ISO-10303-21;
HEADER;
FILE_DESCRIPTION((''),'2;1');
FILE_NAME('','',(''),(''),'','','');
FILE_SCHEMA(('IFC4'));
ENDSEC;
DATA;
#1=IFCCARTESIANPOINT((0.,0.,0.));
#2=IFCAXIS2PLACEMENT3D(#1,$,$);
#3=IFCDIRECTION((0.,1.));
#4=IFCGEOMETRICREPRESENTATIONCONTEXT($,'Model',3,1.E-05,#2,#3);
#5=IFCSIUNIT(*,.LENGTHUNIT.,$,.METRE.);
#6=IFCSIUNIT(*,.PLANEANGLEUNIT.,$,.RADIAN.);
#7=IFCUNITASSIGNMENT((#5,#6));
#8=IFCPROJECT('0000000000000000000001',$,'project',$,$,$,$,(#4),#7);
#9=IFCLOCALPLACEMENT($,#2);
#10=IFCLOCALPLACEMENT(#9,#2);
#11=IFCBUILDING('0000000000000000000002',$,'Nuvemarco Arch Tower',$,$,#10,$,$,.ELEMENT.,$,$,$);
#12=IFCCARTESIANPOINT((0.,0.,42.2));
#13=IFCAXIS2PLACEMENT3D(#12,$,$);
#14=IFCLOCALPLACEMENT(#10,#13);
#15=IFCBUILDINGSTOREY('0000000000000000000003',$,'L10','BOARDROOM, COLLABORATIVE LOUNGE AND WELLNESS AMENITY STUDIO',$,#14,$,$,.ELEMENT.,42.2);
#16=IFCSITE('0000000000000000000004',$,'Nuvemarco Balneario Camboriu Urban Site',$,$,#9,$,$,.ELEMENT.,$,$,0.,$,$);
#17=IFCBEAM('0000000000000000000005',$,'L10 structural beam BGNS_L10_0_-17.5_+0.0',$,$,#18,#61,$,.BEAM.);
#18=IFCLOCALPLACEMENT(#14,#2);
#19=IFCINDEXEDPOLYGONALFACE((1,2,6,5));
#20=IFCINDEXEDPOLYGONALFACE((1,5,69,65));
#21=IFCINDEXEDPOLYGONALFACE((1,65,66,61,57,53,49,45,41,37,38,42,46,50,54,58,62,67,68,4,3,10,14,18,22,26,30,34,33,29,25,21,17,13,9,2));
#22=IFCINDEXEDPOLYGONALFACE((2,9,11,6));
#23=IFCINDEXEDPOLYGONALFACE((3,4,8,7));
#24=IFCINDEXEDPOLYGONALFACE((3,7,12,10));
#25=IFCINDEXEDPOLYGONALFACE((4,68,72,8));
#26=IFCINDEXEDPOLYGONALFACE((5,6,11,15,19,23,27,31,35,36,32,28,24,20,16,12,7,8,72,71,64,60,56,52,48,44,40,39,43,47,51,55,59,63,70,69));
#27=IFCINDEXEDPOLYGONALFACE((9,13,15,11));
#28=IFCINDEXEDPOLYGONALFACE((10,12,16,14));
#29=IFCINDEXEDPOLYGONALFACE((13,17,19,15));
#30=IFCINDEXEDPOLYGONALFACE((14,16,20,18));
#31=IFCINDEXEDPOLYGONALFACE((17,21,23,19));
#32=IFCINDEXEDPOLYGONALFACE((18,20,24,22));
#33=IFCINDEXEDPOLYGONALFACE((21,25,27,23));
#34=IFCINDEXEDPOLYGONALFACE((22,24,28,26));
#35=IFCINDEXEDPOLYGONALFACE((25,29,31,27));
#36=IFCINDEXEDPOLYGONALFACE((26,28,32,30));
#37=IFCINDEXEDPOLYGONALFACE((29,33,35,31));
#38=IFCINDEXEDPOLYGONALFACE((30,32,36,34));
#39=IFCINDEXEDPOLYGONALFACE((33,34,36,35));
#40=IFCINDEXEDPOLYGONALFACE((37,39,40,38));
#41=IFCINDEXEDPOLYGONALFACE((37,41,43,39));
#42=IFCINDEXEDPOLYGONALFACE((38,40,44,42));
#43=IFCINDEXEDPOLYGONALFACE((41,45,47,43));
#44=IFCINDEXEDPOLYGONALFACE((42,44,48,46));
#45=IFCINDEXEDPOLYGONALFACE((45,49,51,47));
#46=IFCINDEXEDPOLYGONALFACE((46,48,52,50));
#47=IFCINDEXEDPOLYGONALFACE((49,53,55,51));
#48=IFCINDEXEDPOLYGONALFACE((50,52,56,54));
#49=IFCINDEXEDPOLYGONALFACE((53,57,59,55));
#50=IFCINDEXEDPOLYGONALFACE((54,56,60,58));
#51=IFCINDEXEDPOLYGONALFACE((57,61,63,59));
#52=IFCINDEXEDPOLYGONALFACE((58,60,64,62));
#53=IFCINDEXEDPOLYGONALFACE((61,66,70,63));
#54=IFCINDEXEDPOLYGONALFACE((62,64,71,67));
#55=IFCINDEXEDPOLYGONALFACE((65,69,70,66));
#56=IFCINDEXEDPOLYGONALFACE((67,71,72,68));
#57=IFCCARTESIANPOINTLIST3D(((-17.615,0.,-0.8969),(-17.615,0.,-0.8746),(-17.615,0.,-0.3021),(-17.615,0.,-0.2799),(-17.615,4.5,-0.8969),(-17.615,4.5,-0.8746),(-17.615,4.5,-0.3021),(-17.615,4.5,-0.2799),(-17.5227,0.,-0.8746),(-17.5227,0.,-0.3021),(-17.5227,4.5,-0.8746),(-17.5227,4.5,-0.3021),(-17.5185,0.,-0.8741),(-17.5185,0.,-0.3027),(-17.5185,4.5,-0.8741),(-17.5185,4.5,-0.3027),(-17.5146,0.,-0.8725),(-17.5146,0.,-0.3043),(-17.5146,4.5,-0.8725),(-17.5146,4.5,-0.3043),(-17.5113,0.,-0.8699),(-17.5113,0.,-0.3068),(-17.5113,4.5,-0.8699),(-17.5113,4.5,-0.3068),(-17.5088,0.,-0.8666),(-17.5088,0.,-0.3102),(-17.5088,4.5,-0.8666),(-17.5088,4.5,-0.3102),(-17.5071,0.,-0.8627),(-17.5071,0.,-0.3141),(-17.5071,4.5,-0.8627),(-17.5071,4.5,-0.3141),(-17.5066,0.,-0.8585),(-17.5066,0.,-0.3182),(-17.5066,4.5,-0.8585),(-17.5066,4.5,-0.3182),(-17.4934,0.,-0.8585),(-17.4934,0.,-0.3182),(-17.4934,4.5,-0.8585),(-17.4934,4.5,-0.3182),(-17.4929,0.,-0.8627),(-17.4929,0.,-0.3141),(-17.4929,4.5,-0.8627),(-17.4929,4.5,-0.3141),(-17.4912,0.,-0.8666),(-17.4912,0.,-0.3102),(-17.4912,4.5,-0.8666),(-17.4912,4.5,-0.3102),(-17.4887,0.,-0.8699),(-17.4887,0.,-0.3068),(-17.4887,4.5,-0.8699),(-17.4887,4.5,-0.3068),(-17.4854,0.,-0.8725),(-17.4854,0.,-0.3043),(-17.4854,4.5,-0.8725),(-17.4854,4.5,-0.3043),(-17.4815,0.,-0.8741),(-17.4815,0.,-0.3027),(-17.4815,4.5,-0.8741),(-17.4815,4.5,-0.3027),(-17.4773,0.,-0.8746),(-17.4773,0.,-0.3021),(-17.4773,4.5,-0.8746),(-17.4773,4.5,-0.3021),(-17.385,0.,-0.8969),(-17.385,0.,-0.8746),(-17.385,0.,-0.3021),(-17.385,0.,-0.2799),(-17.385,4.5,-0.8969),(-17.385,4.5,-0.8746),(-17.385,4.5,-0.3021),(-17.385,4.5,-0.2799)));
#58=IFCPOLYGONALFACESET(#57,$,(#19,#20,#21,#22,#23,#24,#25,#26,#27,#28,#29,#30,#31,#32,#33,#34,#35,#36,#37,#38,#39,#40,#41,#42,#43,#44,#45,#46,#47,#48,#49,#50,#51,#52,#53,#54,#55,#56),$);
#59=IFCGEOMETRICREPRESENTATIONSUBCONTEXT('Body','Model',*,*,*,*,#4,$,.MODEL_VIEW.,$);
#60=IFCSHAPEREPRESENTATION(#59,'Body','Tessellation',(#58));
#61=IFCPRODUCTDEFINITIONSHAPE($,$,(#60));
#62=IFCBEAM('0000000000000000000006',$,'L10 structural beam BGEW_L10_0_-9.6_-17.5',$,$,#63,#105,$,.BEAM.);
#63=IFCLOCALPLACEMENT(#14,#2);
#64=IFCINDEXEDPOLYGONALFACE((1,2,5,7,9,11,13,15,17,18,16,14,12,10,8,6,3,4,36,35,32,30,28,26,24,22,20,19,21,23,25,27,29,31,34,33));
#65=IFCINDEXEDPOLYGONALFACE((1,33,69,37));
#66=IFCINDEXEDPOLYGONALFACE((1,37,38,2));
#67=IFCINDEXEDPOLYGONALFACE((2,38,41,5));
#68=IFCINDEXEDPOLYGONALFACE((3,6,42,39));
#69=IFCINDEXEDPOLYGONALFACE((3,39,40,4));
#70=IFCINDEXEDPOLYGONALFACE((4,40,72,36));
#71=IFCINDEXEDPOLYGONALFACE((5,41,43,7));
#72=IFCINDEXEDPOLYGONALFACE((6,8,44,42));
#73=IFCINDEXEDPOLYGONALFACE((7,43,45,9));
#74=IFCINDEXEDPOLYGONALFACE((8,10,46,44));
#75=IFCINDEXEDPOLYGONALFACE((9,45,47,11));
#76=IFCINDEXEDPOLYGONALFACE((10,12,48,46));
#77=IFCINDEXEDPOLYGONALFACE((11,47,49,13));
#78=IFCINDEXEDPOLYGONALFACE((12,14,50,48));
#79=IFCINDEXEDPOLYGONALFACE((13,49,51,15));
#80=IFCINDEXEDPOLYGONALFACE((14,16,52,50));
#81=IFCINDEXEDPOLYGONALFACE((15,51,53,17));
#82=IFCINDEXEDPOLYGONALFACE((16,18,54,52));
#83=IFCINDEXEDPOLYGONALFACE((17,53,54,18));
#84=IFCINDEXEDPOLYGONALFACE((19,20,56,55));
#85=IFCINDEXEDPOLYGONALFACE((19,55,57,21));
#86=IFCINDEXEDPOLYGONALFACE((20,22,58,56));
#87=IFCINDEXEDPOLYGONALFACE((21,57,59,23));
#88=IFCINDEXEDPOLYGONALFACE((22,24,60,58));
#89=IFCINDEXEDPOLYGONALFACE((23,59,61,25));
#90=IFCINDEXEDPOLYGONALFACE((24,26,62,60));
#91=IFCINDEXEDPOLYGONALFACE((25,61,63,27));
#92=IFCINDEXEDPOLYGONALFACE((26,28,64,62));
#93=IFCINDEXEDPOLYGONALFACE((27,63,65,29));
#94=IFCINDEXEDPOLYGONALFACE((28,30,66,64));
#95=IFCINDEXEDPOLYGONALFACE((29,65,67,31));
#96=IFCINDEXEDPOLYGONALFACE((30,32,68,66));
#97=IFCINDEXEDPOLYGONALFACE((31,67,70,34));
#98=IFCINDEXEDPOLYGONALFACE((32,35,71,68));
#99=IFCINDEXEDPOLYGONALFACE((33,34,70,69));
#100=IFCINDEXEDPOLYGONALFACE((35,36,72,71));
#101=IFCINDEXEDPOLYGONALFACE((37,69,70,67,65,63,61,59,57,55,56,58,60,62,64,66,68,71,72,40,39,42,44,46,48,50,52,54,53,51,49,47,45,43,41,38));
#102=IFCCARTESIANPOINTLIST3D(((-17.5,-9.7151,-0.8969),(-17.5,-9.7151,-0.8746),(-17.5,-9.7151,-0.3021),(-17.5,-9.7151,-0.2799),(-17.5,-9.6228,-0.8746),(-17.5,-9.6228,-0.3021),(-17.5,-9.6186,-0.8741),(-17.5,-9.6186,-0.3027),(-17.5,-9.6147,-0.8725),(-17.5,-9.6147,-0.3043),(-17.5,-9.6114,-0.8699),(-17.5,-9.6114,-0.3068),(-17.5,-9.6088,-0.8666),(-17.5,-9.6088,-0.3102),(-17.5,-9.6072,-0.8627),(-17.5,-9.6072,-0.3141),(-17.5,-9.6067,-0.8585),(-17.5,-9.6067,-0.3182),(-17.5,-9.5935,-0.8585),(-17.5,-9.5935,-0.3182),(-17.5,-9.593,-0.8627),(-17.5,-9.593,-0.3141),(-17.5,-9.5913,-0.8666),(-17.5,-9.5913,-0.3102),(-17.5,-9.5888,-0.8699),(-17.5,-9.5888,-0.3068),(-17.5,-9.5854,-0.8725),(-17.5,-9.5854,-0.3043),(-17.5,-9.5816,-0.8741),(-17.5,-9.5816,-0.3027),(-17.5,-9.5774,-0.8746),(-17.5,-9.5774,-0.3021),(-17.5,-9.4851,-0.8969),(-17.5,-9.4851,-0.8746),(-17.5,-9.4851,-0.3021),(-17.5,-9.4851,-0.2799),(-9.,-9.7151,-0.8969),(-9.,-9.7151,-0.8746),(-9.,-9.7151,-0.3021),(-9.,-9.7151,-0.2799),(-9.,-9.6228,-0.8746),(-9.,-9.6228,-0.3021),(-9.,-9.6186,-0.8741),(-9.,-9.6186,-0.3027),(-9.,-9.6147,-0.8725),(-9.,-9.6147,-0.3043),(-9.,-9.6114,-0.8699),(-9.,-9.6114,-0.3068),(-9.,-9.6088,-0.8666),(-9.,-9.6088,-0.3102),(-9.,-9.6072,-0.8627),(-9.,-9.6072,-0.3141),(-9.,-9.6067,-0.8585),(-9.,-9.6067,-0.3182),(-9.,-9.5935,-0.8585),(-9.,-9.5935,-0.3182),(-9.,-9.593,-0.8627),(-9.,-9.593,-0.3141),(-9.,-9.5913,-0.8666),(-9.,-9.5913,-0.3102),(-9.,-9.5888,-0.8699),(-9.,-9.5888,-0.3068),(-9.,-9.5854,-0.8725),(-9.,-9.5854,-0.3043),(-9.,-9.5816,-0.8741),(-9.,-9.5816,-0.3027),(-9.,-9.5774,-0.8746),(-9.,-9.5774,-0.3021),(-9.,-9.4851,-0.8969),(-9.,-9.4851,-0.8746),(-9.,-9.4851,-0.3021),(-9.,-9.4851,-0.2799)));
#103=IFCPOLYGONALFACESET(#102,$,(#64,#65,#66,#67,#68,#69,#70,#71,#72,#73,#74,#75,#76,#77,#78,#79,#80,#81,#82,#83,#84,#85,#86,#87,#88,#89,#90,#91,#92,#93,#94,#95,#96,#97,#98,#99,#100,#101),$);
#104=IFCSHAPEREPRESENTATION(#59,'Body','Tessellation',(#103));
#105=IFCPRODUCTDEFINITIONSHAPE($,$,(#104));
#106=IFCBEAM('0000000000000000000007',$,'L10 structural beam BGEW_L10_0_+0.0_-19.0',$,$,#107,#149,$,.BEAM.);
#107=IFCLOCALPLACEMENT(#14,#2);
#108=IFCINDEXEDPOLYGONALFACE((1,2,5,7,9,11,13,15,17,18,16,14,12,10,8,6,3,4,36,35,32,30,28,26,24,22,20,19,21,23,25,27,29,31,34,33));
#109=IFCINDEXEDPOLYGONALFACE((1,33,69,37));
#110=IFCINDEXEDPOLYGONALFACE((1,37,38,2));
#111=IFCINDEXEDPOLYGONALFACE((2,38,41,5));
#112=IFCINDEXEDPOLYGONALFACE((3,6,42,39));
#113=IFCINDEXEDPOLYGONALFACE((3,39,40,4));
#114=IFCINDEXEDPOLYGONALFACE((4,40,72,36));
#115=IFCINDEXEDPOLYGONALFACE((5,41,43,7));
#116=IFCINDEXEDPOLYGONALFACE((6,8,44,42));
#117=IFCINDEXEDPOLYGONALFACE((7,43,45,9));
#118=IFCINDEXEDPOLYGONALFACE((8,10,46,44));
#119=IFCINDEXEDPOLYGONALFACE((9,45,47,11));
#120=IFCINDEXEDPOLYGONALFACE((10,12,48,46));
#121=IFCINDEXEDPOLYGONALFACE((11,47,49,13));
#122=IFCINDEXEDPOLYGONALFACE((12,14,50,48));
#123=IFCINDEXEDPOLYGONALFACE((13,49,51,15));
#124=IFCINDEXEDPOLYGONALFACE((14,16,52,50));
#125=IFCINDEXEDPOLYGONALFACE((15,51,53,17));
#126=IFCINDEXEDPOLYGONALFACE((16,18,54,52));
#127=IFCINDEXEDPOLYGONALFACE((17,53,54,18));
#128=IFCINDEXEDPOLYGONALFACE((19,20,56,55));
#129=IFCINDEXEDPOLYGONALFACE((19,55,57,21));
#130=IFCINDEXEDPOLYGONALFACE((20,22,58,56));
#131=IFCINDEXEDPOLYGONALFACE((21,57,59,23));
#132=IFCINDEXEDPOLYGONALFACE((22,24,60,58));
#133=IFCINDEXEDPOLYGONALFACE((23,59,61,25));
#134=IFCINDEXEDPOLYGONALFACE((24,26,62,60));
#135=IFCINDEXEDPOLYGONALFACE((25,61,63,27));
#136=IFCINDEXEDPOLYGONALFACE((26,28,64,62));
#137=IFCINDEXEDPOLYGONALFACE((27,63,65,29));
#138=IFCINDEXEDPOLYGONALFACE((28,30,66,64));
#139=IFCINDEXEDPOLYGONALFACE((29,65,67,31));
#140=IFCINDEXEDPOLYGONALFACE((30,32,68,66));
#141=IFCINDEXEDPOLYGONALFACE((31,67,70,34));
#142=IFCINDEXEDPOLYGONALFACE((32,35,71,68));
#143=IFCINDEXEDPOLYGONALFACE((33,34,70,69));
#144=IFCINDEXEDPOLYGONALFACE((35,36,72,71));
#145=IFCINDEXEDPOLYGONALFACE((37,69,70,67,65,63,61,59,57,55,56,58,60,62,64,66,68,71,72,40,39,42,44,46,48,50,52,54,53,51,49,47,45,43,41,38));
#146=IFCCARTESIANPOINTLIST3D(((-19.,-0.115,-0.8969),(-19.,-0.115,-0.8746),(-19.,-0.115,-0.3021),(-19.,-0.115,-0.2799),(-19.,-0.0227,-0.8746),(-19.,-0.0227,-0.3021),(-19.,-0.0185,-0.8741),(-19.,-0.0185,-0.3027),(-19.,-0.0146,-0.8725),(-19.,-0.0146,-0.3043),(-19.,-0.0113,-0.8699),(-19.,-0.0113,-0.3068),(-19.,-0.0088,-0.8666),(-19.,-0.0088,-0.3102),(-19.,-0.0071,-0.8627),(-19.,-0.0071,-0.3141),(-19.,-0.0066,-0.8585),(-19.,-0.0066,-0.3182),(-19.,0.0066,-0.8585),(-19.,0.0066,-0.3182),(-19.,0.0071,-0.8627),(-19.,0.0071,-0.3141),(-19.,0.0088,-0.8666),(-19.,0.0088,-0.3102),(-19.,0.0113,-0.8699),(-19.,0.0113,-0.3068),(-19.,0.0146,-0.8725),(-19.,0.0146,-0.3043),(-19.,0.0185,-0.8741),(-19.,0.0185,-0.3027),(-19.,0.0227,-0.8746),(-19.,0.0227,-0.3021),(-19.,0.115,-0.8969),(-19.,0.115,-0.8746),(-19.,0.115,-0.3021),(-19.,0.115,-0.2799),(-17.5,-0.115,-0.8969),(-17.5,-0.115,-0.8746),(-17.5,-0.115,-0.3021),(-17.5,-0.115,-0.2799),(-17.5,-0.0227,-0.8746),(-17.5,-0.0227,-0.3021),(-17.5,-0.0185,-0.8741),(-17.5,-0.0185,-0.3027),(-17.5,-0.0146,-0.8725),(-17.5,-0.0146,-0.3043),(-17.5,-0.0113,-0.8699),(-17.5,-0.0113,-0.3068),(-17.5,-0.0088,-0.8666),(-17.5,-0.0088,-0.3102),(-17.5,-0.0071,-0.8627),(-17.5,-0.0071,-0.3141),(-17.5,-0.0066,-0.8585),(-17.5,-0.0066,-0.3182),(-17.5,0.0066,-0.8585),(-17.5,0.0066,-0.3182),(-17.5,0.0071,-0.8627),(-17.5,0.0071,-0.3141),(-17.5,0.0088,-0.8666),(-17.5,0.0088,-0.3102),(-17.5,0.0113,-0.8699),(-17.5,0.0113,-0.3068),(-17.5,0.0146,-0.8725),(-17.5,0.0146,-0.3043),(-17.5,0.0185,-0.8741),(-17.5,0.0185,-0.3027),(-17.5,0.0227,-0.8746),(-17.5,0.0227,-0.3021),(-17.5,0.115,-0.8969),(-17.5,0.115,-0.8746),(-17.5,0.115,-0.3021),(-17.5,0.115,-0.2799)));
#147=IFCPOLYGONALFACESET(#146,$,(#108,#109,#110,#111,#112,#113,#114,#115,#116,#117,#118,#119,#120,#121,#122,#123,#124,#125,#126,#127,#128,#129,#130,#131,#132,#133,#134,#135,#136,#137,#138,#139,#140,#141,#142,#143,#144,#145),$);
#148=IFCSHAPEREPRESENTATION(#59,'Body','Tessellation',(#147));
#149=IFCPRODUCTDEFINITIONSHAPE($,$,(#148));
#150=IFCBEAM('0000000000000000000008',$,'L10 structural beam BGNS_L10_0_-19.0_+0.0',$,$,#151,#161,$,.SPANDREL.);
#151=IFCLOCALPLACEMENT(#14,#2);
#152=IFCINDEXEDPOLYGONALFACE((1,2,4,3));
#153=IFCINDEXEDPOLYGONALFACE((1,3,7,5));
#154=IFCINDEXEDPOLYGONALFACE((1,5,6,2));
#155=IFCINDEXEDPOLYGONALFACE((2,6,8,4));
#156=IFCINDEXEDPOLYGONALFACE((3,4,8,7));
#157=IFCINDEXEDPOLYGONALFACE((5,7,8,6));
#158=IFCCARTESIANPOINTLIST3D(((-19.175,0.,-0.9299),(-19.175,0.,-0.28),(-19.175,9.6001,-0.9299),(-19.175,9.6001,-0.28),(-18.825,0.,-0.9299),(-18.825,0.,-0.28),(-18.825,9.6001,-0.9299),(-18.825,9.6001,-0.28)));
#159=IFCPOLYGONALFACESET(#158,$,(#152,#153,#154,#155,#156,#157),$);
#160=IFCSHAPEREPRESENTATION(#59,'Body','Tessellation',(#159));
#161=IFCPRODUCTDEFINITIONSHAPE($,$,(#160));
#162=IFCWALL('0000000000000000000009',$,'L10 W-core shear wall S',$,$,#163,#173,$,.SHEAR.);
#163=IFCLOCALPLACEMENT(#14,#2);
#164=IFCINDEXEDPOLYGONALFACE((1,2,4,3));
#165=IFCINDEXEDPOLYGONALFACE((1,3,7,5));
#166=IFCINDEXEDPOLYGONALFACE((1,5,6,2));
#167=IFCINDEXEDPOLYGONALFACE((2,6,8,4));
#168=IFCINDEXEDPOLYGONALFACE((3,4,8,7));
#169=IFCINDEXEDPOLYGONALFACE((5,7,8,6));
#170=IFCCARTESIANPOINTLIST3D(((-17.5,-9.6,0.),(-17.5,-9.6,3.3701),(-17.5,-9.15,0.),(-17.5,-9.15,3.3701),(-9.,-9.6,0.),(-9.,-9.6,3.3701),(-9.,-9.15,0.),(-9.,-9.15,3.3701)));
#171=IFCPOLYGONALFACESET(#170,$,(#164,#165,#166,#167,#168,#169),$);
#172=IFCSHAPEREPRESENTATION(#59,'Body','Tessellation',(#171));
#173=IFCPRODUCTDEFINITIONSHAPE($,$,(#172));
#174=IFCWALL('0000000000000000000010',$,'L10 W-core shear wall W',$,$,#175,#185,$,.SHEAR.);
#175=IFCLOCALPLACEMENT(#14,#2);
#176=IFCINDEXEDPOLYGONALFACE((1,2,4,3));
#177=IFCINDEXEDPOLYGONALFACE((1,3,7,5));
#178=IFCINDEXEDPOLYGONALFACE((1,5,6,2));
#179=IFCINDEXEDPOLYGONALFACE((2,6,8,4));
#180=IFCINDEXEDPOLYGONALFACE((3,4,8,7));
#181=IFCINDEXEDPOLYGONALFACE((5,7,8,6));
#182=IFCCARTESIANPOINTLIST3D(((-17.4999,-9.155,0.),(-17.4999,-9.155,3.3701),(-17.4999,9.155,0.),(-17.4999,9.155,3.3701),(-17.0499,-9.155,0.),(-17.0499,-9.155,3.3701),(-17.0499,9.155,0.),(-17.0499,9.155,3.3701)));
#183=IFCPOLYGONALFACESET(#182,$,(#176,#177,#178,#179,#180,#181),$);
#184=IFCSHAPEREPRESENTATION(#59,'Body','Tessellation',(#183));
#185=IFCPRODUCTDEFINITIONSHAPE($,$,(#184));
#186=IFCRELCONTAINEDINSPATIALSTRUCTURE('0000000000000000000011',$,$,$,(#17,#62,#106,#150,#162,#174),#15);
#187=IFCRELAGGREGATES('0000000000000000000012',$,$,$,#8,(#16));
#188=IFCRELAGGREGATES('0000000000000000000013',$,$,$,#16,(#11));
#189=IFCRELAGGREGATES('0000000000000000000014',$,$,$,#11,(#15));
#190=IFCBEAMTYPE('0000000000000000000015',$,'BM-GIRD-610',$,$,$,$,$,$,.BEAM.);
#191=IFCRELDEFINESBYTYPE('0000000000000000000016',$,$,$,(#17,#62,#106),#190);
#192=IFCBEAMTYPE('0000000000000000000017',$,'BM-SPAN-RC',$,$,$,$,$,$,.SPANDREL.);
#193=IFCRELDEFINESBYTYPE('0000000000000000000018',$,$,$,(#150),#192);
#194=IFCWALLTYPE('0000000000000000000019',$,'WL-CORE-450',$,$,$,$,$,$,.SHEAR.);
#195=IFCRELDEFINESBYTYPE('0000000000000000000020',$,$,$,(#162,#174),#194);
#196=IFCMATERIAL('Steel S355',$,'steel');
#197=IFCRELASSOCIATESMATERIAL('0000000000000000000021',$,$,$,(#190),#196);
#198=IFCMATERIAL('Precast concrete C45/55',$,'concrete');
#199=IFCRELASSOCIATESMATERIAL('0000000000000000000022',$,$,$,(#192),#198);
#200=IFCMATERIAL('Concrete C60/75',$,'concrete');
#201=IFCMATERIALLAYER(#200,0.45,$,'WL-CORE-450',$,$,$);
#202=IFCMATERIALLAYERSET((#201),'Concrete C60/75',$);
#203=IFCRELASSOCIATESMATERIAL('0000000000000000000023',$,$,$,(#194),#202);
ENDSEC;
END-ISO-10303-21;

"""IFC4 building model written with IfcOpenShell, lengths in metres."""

from ifc_helpers import new_model, si_unit, direction, frame, frame_2d, origin, origin_2d, place, context, subcontext, project, spatial, rectangle, i_section, extrude, material, layer, layer_set, material_profile, profile_set, type_object, element, save


model = new_model("IFC4")

# Units and contexts
model_context = context("Model", 3, precision=1e-05, world=origin(), true_north=direction((0.0, 1.0)))
body_context = subcontext(model_context, "Body", "Model", "MODEL_VIEW")
ifc_project = project(units=[si_unit("LENGTHUNIT", "METRE"), si_unit("PLANEANGLEUNIT", "RADIAN")], contexts=[model_context])

# Site, building, storey
site_placement = place(None, origin())
site = spatial("IfcSite", under=ifc_project, at=site_placement, Name="Nuvemarco Balneario Camboriu Urban Site", CompositionType="ELEMENT", RefElevation=0.0)
building_placement = place(site_placement, origin())
building = spatial("IfcBuilding", under=site, at=building_placement, Name="Nuvemarco Arch Tower", CompositionType="ELEMENT")
storey_placement = place(building_placement, frame((0.0, 0.0, 42.2)))
storey = spatial("IfcBuildingStorey", under=building, at=storey_placement, Name="L10", Description="BOARDROOM, COLLABORATIVE LOUNGE AND WELLNESS AMENITY STUDIO", CompositionType="ELEMENT", Elevation=42.2)

# Shared definitions
ifc_material_1 = material(Name="Concrete C60/75", Category="concrete")

# Beams
ifc_material_2 = material(Name="Steel S355", Category="steel")
ifc_material_profile_1 = material_profile(ifc_material_2, i_section(OverallWidth=0.23, OverallDepth=0.6169, WebThickness=0.0132, FlangeThickness=0.0222, FilletRadius=0.0161, at=origin_2d()), Name="W610x140")
ifc_profile_set_1 = profile_set([ifc_material_profile_1], Name="Steel S355")
beam_type_1 = type_object("IfcBeamType", Name="BM-GIRD-610", PredefinedType="BEAM", material=ifc_profile_set_1)
for number, where, z_axis, x_axis, name in (
    (1, (-17.5, 0.0, -0.5884), (0.0, 1.0, 0.0), (-1.0, 0.0, 0.0), "L10 structural beam BGNS_L10_0_-17.5_+0.0"),
):
    element("IfcBeam", number, at=place(storey_placement, frame(where, z_axis=z_axis, x_axis=x_axis)), inside=storey, type_object=beam_type_1, Name=name, PredefinedType="BEAM", context=body_context, shape_type="SweptSolid", body=[
        extrude(i_section(OverallWidth=0.23, OverallDepth=0.6169, WebThickness=0.0132, FlangeThickness=0.0222, FilletRadius=0.0161, at=origin_2d()), origin(), (0.0, 0.0, 1.0), 4.5),
    ])
beam_1_placement = place(storey_placement, frame((-17.5, -9.6001, -0.5884), z_axis=(1.0, 0.0, 0.0), x_axis=(0.0, 1.0, 0.0)))
element("IfcBeam", 2, at=beam_1_placement, inside=storey, type_object=beam_type_1, Name="L10 structural beam BGEW_L10_0_-9.6_-17.5", PredefinedType="BEAM", context=body_context, shape_type="SweptSolid", body=[
    extrude(i_section(OverallWidth=0.23, OverallDepth=0.6169, WebThickness=0.0132, FlangeThickness=0.0222, FilletRadius=0.0161, at=origin_2d()), origin(), (0.0, 0.0, 1.0), 8.5),
])
beam_2_placement = place(storey_placement, frame((-19.0, 0.0, -0.5884), z_axis=(1.0, 0.0, 0.0), x_axis=(0.0, 1.0, 0.0)))
element("IfcBeam", 3, at=beam_2_placement, inside=storey, type_object=beam_type_1, Name="L10 structural beam BGEW_L10_0_+0.0_-19.0", PredefinedType="BEAM", context=body_context, shape_type="SweptSolid", body=[
    extrude(i_section(OverallWidth=0.23, OverallDepth=0.6169, WebThickness=0.0132, FlangeThickness=0.0222, FilletRadius=0.0161, at=origin_2d()), origin(), (0.0, 0.0, 1.0), 1.5),
])
ifc_material_3 = material(Name="Precast concrete C45/55", Category="concrete")
ifc_material_profile_2 = material_profile(ifc_material_3, rectangle(XDim=0.3501, YDim=0.6499, at=origin_2d()), Name="PC-SP-350x650")
ifc_profile_set_2 = profile_set([ifc_material_profile_2], Name="Precast concrete C45/55")
beam_type_2 = type_object("IfcBeamType", Name="BM-SPAN-RC", PredefinedType="SPANDREL", material=ifc_profile_set_2)
beam_3_placement = place(storey_placement, frame((-19.0, 0.0, -0.605), z_axis=(0.0, 1.0, 0.0), x_axis=(-1.0, 0.0, 0.0)))
element("IfcBeam", 4, at=beam_3_placement, inside=storey, type_object=beam_type_2, Name="L10 structural beam BGNS_L10_0_-19.0_+0.0", PredefinedType="SPANDREL", context=body_context, shape_type="SweptSolid", body=[
    extrude(rectangle(XDim=0.3501, YDim=0.6499, at=origin_2d()), origin(), (0.0, 0.0, 1.0), 9.6001),
])

# Walls
ifc_layer_1 = layer(ifc_material_1, 0.45, Name="WL-CORE-450")
ifc_layer_set_1 = layer_set([ifc_layer_1], Name="Concrete C60/75")
wall_type_1 = type_object("IfcWallType", Name="WL-CORE-450", PredefinedType="SHEAR", material=ifc_layer_set_1)
wall_1_placement = place(storey_placement, frame((-17.5, -9.375, 0.0), z_axis=(0.0, 0.0, 1.0), x_axis=(1.0, 0.0, 0.0)))
element("IfcWall", 5, at=wall_1_placement, inside=storey, type_object=wall_type_1, Name="L10 W-core shear wall S", PredefinedType="SHEAR", context=body_context, shape_type="SweptSolid", body=[
    extrude(rectangle(XDim=8.5, YDim=0.45, at=frame_2d((4.25, 0.0))), origin(), (0.0, 0.0, 1.0), 3.3701),
])
wall_2_placement = place(storey_placement, frame((-17.2749, -9.155, 0.0), z_axis=(0.0, 0.0, 1.0), x_axis=(0.0, 1.0, 0.0)))
element("IfcWall", 6, at=wall_2_placement, inside=storey, type_object=wall_type_1, Name="L10 W-core shear wall W", PredefinedType="SHEAR", context=body_context, shape_type="SweptSolid", body=[
    extrude(rectangle(XDim=18.3101, YDim=0.45, at=frame_2d((9.155, 0.0))), origin(), (0.0, 0.0, 1.0), 3.3701),
])

save(model, "model.ifc")
